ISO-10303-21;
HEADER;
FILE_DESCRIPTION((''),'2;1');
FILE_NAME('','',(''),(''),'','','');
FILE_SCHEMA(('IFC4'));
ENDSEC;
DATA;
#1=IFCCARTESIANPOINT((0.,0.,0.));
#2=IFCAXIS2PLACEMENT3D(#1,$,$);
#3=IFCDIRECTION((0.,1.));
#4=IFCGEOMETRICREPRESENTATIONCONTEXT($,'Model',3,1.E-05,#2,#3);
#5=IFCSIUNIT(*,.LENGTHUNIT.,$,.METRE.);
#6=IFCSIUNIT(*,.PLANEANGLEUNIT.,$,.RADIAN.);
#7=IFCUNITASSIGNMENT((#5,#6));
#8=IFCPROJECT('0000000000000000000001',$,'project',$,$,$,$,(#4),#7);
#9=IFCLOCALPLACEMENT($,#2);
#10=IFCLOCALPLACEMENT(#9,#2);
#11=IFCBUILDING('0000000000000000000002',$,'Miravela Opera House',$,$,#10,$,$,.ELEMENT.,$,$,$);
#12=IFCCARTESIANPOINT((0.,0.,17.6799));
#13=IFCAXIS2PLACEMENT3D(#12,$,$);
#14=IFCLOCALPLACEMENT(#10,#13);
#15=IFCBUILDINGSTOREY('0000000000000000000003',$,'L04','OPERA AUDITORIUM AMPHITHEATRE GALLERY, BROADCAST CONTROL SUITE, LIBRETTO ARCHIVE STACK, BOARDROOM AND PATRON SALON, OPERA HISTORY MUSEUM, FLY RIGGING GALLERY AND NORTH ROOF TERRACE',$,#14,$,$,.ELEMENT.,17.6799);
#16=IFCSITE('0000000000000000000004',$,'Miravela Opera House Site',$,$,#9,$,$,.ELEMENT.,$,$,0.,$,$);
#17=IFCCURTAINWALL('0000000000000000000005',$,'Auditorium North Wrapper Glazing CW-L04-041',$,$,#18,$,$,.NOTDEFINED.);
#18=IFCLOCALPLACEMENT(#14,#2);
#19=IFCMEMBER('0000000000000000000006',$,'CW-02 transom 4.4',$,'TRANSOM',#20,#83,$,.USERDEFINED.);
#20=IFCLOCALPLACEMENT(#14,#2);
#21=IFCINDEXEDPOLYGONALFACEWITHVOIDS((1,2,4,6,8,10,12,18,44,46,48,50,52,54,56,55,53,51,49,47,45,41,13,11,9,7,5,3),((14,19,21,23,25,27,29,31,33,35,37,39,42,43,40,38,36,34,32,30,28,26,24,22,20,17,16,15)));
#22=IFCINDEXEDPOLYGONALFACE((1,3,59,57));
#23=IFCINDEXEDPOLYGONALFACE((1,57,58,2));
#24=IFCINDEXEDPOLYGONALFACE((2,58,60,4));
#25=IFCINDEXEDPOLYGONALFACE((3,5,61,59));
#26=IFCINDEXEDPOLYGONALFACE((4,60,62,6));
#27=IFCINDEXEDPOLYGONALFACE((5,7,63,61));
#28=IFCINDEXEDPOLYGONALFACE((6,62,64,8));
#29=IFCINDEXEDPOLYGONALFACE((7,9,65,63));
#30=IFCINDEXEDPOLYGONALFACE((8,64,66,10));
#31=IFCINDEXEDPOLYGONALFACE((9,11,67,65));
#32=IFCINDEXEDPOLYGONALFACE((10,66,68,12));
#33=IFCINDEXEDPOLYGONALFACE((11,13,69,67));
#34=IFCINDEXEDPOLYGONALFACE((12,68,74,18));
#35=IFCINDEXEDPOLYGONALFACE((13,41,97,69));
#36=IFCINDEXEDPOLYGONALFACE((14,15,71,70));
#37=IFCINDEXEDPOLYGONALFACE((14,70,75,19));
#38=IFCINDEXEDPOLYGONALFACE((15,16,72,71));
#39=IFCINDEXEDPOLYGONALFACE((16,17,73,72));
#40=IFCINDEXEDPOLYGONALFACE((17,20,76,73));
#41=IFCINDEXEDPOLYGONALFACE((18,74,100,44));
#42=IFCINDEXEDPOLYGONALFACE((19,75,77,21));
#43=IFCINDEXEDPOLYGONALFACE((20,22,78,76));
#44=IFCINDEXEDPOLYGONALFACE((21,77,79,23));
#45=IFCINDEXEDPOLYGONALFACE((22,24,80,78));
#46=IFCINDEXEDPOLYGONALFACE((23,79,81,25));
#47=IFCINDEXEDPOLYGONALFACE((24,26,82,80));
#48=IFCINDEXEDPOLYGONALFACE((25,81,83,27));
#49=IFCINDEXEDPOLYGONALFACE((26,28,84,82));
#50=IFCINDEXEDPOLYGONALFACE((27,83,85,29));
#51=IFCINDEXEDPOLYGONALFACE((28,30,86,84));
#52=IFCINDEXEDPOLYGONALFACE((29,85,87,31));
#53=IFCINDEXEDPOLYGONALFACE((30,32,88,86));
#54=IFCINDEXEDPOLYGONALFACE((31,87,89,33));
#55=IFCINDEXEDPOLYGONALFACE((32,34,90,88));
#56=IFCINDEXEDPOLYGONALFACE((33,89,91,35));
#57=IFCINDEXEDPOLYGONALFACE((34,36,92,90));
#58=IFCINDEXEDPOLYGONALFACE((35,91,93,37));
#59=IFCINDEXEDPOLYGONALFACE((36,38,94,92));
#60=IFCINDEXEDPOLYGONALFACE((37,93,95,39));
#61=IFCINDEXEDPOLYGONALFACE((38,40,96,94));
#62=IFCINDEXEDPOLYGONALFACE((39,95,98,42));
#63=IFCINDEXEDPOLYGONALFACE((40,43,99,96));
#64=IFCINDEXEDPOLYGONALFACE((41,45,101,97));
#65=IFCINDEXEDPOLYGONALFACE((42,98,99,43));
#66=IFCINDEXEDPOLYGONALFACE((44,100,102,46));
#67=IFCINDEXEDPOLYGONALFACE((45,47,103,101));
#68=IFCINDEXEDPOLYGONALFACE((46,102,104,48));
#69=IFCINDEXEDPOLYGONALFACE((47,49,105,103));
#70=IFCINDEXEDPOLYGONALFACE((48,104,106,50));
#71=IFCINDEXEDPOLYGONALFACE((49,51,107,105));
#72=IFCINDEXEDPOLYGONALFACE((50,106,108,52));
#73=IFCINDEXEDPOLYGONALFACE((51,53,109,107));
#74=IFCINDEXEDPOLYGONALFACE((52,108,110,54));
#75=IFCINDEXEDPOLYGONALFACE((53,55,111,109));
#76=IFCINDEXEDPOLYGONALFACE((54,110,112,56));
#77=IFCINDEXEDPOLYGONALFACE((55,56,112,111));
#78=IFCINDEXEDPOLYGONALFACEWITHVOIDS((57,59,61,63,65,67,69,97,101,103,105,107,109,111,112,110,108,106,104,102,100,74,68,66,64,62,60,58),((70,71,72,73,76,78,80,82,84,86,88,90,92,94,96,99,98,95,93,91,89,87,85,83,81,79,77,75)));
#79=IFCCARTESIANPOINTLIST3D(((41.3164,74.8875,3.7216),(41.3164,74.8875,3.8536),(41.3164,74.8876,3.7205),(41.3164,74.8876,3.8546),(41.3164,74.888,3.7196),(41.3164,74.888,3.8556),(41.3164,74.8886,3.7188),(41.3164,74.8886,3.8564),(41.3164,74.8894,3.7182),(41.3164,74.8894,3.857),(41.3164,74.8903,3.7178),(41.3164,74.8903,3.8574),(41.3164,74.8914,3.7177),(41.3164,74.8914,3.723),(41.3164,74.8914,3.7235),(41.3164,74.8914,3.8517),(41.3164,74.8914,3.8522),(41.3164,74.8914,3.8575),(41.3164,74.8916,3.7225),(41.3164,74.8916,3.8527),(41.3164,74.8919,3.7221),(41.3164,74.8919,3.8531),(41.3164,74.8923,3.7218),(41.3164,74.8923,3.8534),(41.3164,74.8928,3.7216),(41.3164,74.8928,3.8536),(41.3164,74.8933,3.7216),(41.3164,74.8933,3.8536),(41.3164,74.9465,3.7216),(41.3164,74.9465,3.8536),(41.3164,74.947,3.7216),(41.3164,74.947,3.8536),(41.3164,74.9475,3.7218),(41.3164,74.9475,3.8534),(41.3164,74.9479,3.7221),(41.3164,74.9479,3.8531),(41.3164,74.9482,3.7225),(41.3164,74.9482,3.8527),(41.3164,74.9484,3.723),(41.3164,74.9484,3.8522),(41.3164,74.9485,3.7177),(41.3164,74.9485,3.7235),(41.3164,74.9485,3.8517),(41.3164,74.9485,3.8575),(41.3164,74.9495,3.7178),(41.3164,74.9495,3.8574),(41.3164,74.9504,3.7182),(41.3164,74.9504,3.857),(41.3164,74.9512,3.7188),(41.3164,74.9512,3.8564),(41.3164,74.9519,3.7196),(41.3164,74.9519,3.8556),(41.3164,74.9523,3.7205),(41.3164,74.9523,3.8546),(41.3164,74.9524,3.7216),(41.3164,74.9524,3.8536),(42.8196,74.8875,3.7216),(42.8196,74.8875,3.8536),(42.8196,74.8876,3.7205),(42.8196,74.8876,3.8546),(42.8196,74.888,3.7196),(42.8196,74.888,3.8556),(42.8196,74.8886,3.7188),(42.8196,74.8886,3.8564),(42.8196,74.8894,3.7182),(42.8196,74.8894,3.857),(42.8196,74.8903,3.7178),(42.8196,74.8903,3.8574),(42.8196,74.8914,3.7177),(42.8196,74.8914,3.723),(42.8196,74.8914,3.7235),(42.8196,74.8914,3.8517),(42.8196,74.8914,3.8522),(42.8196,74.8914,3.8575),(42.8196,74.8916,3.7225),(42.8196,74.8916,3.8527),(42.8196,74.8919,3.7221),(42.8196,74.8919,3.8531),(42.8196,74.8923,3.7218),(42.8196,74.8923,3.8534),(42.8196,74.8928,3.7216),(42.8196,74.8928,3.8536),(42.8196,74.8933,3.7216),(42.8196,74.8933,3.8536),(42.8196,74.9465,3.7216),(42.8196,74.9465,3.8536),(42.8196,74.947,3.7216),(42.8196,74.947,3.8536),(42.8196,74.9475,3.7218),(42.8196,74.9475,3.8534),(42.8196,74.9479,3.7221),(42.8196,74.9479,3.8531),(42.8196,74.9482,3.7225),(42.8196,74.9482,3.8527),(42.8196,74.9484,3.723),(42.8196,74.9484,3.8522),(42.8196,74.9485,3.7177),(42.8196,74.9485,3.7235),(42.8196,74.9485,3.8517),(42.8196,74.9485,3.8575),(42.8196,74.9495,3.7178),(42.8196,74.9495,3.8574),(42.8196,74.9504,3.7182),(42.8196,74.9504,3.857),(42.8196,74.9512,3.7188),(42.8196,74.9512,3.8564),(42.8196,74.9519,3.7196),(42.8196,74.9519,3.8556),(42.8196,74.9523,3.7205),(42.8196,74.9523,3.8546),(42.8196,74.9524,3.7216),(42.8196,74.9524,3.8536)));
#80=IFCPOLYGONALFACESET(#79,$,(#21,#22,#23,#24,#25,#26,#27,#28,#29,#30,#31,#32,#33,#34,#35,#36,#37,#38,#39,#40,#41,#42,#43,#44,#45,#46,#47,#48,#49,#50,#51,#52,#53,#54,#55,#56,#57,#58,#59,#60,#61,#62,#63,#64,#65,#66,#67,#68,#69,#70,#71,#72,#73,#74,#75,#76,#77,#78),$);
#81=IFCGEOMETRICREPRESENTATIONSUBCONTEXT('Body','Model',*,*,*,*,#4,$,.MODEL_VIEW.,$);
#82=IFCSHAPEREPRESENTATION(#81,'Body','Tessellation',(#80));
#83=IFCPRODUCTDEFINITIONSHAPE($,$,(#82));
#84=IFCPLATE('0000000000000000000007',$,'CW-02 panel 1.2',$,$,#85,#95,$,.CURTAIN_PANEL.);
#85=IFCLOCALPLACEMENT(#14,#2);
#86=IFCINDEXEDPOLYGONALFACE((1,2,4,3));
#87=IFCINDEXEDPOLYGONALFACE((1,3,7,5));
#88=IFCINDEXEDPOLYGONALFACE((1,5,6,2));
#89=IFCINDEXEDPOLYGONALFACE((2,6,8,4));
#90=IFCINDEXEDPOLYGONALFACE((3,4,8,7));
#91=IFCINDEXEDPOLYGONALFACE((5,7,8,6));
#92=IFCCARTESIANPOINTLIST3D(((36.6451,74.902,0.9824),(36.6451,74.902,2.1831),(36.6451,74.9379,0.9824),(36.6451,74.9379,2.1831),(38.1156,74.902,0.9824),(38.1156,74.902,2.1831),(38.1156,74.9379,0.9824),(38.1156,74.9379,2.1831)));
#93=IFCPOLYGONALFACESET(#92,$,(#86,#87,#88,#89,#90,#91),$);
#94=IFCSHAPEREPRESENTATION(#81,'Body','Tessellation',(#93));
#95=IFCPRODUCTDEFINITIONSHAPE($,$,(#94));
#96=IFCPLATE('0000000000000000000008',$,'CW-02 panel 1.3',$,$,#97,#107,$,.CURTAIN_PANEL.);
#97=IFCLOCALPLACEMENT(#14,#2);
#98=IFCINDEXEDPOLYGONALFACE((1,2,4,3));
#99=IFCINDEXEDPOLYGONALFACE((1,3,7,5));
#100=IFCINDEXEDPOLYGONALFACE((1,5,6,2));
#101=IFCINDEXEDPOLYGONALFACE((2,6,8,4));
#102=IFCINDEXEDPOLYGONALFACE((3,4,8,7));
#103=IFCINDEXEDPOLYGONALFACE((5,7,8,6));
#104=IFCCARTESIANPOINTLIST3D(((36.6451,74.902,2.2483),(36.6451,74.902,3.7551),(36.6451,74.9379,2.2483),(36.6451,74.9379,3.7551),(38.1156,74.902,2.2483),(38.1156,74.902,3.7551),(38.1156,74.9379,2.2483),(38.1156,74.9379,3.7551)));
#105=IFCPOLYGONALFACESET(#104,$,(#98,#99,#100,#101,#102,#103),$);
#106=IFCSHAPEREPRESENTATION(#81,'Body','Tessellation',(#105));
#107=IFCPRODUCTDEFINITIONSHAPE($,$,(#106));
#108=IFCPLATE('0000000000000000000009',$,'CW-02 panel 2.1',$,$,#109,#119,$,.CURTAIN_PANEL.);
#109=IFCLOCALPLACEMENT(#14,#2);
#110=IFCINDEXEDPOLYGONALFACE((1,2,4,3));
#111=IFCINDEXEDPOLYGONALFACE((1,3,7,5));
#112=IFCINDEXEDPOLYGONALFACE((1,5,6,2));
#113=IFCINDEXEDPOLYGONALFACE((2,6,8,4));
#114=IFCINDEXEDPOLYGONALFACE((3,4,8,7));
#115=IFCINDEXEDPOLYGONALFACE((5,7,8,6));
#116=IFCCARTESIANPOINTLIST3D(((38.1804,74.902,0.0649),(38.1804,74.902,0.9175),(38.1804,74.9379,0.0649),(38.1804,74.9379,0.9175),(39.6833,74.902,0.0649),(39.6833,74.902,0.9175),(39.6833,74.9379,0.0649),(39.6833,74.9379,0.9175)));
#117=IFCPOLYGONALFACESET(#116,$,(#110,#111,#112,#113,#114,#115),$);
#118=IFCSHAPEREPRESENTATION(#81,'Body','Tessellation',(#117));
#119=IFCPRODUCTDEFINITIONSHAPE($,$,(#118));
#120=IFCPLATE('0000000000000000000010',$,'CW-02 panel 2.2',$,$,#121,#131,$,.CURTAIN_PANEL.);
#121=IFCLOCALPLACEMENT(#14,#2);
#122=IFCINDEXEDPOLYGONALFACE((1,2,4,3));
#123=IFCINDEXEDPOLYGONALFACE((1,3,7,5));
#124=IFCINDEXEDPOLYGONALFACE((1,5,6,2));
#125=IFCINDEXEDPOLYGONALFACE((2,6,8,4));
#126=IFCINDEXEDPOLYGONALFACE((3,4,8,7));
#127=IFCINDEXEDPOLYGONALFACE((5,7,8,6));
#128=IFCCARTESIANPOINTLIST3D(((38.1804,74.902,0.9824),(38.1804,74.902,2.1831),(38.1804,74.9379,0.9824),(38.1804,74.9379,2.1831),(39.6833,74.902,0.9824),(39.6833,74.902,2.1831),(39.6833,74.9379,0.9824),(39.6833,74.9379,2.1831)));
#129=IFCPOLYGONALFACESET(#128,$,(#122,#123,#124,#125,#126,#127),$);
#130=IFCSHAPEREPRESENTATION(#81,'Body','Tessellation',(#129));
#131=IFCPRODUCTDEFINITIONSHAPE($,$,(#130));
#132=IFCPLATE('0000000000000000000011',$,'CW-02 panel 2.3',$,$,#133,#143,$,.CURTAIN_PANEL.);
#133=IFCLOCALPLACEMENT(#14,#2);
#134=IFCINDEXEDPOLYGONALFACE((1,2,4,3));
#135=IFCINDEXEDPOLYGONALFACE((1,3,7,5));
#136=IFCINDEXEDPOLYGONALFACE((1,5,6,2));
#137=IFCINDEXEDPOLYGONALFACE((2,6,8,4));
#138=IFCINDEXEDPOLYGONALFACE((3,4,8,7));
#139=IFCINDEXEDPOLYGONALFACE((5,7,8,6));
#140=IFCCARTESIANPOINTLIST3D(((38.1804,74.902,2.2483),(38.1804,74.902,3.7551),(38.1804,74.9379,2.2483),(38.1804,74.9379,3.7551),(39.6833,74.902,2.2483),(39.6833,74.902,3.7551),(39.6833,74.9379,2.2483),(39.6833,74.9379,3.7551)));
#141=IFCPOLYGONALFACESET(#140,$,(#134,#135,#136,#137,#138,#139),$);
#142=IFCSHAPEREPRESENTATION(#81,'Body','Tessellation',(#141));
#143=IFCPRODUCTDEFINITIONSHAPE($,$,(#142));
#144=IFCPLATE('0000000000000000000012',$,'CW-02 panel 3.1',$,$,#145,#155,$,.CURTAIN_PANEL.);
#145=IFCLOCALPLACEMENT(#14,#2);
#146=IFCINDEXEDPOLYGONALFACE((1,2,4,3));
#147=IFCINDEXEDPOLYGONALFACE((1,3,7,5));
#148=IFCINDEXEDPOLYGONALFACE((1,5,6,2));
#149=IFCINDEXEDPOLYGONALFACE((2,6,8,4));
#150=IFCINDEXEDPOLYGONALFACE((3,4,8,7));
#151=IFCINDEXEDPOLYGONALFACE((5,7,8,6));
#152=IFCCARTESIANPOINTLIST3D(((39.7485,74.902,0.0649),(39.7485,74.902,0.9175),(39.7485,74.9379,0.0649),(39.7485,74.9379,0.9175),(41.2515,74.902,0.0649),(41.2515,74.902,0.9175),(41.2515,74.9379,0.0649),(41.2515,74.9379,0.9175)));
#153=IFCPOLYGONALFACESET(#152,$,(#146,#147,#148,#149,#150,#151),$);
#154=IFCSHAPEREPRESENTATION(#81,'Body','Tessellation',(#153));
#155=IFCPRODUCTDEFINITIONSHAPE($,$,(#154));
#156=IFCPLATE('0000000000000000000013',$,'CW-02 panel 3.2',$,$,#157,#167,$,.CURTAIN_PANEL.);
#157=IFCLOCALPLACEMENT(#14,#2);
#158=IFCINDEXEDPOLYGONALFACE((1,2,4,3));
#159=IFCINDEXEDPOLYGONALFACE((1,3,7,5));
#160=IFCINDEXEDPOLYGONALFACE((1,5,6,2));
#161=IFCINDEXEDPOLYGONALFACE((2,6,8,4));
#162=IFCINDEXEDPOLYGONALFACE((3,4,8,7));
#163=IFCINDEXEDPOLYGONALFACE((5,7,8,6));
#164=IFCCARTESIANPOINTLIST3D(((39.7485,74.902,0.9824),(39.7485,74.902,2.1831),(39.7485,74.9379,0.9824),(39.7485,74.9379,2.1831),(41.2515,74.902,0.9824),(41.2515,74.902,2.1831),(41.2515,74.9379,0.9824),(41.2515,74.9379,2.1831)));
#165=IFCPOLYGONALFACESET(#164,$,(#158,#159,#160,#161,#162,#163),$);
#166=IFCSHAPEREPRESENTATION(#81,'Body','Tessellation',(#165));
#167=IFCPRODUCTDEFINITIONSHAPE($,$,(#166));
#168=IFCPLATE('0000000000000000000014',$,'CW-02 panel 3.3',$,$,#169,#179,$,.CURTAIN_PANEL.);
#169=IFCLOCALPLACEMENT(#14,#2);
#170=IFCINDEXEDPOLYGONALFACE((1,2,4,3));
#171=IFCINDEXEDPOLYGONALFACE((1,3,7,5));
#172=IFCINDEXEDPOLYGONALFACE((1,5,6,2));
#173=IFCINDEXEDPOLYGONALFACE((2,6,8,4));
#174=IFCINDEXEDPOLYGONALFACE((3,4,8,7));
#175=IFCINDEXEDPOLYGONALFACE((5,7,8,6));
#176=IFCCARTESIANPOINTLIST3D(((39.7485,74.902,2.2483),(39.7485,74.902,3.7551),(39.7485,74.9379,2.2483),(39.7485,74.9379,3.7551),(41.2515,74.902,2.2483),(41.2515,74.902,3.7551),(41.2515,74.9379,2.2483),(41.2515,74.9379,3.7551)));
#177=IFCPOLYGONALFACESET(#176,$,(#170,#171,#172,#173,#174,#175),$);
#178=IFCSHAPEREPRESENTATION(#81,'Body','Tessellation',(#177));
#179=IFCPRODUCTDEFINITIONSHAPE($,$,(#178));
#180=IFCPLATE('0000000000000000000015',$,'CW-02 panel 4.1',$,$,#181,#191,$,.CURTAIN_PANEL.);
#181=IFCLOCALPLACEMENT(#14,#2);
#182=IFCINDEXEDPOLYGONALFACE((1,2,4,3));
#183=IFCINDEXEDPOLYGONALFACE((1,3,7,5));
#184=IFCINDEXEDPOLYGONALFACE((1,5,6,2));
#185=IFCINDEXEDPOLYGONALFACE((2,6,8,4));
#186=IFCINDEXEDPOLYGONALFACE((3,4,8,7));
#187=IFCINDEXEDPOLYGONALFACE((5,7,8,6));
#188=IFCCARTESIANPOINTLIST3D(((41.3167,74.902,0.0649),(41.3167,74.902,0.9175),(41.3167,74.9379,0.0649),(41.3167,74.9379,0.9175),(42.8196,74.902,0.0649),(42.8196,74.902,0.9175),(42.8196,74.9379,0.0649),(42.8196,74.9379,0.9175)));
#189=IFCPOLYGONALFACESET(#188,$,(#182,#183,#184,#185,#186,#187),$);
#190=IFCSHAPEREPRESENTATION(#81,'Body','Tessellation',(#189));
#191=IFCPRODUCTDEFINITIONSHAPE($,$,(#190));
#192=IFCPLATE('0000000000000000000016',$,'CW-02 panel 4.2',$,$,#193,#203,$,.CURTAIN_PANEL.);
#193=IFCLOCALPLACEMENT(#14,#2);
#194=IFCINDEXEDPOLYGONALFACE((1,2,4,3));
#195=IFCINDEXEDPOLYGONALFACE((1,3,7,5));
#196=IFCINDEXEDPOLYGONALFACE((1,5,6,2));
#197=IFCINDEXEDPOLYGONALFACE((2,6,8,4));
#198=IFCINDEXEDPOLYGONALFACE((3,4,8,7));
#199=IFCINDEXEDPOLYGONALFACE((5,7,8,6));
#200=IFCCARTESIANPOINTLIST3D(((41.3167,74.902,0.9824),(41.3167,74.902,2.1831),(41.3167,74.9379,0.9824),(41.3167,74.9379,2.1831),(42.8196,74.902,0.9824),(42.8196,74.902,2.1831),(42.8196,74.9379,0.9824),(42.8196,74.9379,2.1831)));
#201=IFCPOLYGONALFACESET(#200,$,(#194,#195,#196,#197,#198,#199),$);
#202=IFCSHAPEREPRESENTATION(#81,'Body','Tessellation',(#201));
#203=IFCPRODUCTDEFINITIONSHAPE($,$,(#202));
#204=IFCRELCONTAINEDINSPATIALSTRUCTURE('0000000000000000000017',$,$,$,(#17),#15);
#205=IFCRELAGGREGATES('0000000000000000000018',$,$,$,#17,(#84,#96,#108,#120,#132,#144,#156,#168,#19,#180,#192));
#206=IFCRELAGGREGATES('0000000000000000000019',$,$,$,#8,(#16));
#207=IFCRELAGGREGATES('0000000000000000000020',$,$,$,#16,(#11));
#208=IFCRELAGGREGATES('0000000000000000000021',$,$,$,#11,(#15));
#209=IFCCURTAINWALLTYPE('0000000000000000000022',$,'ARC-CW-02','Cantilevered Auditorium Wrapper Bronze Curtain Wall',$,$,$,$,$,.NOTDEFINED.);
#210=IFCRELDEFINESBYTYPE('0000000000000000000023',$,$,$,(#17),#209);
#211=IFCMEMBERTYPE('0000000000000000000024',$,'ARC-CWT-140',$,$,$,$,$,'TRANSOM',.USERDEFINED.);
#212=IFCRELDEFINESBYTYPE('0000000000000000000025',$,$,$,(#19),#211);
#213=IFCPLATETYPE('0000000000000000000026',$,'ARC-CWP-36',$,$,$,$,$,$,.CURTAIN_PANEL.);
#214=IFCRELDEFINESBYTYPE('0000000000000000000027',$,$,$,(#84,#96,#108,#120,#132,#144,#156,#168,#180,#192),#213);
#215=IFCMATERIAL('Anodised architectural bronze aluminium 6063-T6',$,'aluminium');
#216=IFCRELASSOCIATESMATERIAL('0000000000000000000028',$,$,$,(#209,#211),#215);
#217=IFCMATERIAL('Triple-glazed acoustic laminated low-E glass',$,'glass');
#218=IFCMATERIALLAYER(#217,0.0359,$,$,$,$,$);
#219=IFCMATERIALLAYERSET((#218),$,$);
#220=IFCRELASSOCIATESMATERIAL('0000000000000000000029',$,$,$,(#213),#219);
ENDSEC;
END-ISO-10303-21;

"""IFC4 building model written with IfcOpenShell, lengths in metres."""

from ifc_helpers import new_model, si_unit, direction, frame, origin, origin_2d, place, context, subcontext, project, spatial, rectangle, hollow_rectangle, extrude, material, layer, layer_set, material_profile, profile_set, type_object, element, aggregate, save


model = new_model("IFC4")

# Units and contexts
model_context = context("Model", 3, precision=1e-05, world=origin(), true_north=direction((0.0, 1.0)))
body_context = subcontext(model_context, "Body", "Model", "MODEL_VIEW")
ifc_project = project(units=[si_unit("LENGTHUNIT", "METRE"), si_unit("PLANEANGLEUNIT", "RADIAN")], contexts=[model_context])

# Site, building, storey
site_placement = place(None, origin())
site = spatial("IfcSite", under=ifc_project, at=site_placement, Name="Miravela Opera House Site", CompositionType="ELEMENT", RefElevation=0.0)
building_placement = place(site_placement, origin())
building = spatial("IfcBuilding", under=site, at=building_placement, Name="Miravela Opera House", CompositionType="ELEMENT")
storey_placement = place(building_placement, frame((0.0, 0.0, 17.6799)))
storey = spatial("IfcBuildingStorey", under=building, at=storey_placement, Name="L04", Description="OPERA AUDITORIUM AMPHITHEATRE GALLERY, BROADCAST CONTROL SUITE, LIBRETTO ARCHIVE STACK, BOARDROOM AND PATRON SALON, OPERA HISTORY MUSEUM, FLY RIGGING GALLERY AND NORTH ROOF TERRACE", CompositionType="ELEMENT", Elevation=17.6799)

# Curtain wall, member, plates
ifc_material_1 = material(Name="Anodised architectural bronze aluminium 6063-T6", Category="aluminium")
curtain_wall_type = type_object("IfcCurtainWallType", Name="ARC-CW-02", Description="Cantilevered Auditorium Wrapper Bronze Curtain Wall", PredefinedType="NOTDEFINED", material=ifc_material_1)
curtain_wall_placement = place(storey_placement, origin())
curtain_wall = element("IfcCurtainWall", 1, at=curtain_wall_placement, inside=storey, type_object=curtain_wall_type, Name="Auditorium North Wrapper Glazing CW-L04-041", PredefinedType="NOTDEFINED")
ifc_material_profile_1 = material_profile(ifc_material_1, hollow_rectangle(XDim=0.0649, YDim=0.1399, WallThickness=0.0039, InnerFilletRadius=0.002, OuterFilletRadius=0.0039, at=origin_2d()), Name="CWT-65X140")
ifc_profile_set_1 = profile_set([ifc_material_profile_1])
member_type_1 = type_object("IfcMemberType", Name="ARC-CWT-140", ElementType="TRANSOM", PredefinedType="USERDEFINED", material=ifc_profile_set_1)
member_1_placement = place(storey_placement, frame((41.3164, 74.9199, 3.7876), z_axis=(1.0, 0.0, 0.0), x_axis=(0.0, 1.0, 0.0)))
member_1 = element("IfcMember", 2, at=member_1_placement, type_object=member_type_1, Name="CW-02 transom 4.4", ObjectType="TRANSOM", PredefinedType="USERDEFINED", context=body_context, shape_type="SweptSolid", body=[
    extrude(hollow_rectangle(XDim=0.0649, YDim=0.1399, WallThickness=0.0039, InnerFilletRadius=0.002, OuterFilletRadius=0.0039, at=origin_2d()), origin(), (0.0, 0.0, 1.0), 1.5032),
])
ifc_material_2 = material(Name="Triple-glazed acoustic laminated low-E glass", Category="glass")
ifc_layer = layer(ifc_material_2, 0.0359)
ifc_layer_set = layer_set([ifc_layer])
plate_type = type_object("IfcPlateType", Name="ARC-CWP-36", PredefinedType="CURTAIN_PANEL", material=ifc_layer_set)
plate_1_placement = place(storey_placement, frame((37.3804, 74.9199, 0.9824), z_axis=(0.0, 0.0, 1.0), x_axis=(1.0, 0.0, 0.0)))
plate_1 = element("IfcPlate", 3, at=plate_1_placement, type_object=plate_type, Name="CW-02 panel 1.2", PredefinedType="CURTAIN_PANEL", context=body_context, shape_type="SweptSolid", body=[
    extrude(rectangle(XDim=1.4705, YDim=0.0359, at=origin_2d()), origin(), (0.0, 0.0, 1.0), 1.2007),
])
plate_2_placement = place(storey_placement, frame((37.3804, 74.9199, 2.2483), z_axis=(0.0, 0.0, 1.0), x_axis=(1.0, 0.0, 0.0)))
plate_2 = element("IfcPlate", 4, at=plate_2_placement, type_object=plate_type, Name="CW-02 panel 1.3", PredefinedType="CURTAIN_PANEL", context=body_context, shape_type="SweptSolid", body=[
    extrude(rectangle(XDim=1.4705, YDim=0.0359, at=origin_2d()), origin(), (0.0, 0.0, 1.0), 1.5068),
])
plate_3_placement = place(storey_placement, frame((38.9319, 74.9199, 0.0649), z_axis=(0.0, 0.0, 1.0), x_axis=(1.0, 0.0, 0.0)))
plate_3 = element("IfcPlate", 5, at=plate_3_placement, type_object=plate_type, Name="CW-02 panel 2.1", PredefinedType="CURTAIN_PANEL", context=body_context, shape_type="SweptSolid", body=[
    extrude(rectangle(XDim=1.5029, YDim=0.0359, at=origin_2d()), origin(), (0.0, 0.0, 1.0), 0.8525),
])
plate_4_placement = place(storey_placement, frame((38.9319, 74.9199, 0.9824), z_axis=(0.0, 0.0, 1.0), x_axis=(1.0, 0.0, 0.0)))
plate_4 = element("IfcPlate", 6, at=plate_4_placement, type_object=plate_type, Name="CW-02 panel 2.2", PredefinedType="CURTAIN_PANEL", context=body_context, shape_type="SweptSolid", body=[
    extrude(rectangle(XDim=1.5029, YDim=0.0359, at=origin_2d()), origin(), (0.0, 0.0, 1.0), 1.2007),
])
plate_5_placement = place(storey_placement, frame((38.9319, 74.9199, 2.2483), z_axis=(0.0, 0.0, 1.0), x_axis=(1.0, 0.0, 0.0)))
plate_5 = element("IfcPlate", 7, at=plate_5_placement, type_object=plate_type, Name="CW-02 panel 2.3", PredefinedType="CURTAIN_PANEL", context=body_context, shape_type="SweptSolid", body=[
    extrude(rectangle(XDim=1.5029, YDim=0.0359, at=origin_2d()), origin(), (0.0, 0.0, 1.0), 1.5068),
])
plate_6_placement = place(storey_placement, frame((40.5, 74.9199, 0.0649), z_axis=(0.0, 0.0, 1.0), x_axis=(1.0, 0.0, 0.0)))
plate_6 = element("IfcPlate", 8, at=plate_6_placement, type_object=plate_type, Name="CW-02 panel 3.1", PredefinedType="CURTAIN_PANEL", context=body_context, shape_type="SweptSolid", body=[
    extrude(rectangle(XDim=1.5029, YDim=0.0359, at=origin_2d()), origin(), (0.0, 0.0, 1.0), 0.8525),
])
plate_7_placement = place(storey_placement, frame((40.5, 74.9199, 0.9824), z_axis=(0.0, 0.0, 1.0), x_axis=(1.0, 0.0, 0.0)))
plate_7 = element("IfcPlate", 9, at=plate_7_placement, type_object=plate_type, Name="CW-02 panel 3.2", PredefinedType="CURTAIN_PANEL", context=body_context, shape_type="SweptSolid", body=[
    extrude(rectangle(XDim=1.5029, YDim=0.0359, at=origin_2d()), origin(), (0.0, 0.0, 1.0), 1.2007),
])
plate_8_placement = place(storey_placement, frame((40.5, 74.9199, 2.2483), z_axis=(0.0, 0.0, 1.0), x_axis=(1.0, 0.0, 0.0)))
plate_8 = element("IfcPlate", 10, at=plate_8_placement, type_object=plate_type, Name="CW-02 panel 3.3", PredefinedType="CURTAIN_PANEL", context=body_context, shape_type="SweptSolid", body=[
    extrude(rectangle(XDim=1.5029, YDim=0.0359, at=origin_2d()), origin(), (0.0, 0.0, 1.0), 1.5068),
])
plate_9_placement = place(storey_placement, frame((42.0681, 74.9199, 0.0649), z_axis=(0.0, 0.0, 1.0), x_axis=(1.0, 0.0, 0.0)))
plate_9 = element("IfcPlate", 11, at=plate_9_placement, type_object=plate_type, Name="CW-02 panel 4.1", PredefinedType="CURTAIN_PANEL", context=body_context, shape_type="SweptSolid", body=[
    extrude(rectangle(XDim=1.5029, YDim=0.0359, at=origin_2d()), origin(), (0.0, 0.0, 1.0), 0.8525),
])
plate_10_placement = place(storey_placement, frame((42.0681, 74.9199, 0.9824), z_axis=(0.0, 0.0, 1.0), x_axis=(1.0, 0.0, 0.0)))
plate_10 = element("IfcPlate", 12, at=plate_10_placement, type_object=plate_type, Name="CW-02 panel 4.2", PredefinedType="CURTAIN_PANEL", context=body_context, shape_type="SweptSolid", body=[
    extrude(rectangle(XDim=1.5029, YDim=0.0359, at=origin_2d()), origin(), (0.0, 0.0, 1.0), 1.2007),
])
aggregate(curtain_wall, [plate_1, plate_2, plate_3, plate_4, plate_5, plate_6, plate_7, plate_8, member_1, plate_9, plate_10])

save(model, "model.ifc")
